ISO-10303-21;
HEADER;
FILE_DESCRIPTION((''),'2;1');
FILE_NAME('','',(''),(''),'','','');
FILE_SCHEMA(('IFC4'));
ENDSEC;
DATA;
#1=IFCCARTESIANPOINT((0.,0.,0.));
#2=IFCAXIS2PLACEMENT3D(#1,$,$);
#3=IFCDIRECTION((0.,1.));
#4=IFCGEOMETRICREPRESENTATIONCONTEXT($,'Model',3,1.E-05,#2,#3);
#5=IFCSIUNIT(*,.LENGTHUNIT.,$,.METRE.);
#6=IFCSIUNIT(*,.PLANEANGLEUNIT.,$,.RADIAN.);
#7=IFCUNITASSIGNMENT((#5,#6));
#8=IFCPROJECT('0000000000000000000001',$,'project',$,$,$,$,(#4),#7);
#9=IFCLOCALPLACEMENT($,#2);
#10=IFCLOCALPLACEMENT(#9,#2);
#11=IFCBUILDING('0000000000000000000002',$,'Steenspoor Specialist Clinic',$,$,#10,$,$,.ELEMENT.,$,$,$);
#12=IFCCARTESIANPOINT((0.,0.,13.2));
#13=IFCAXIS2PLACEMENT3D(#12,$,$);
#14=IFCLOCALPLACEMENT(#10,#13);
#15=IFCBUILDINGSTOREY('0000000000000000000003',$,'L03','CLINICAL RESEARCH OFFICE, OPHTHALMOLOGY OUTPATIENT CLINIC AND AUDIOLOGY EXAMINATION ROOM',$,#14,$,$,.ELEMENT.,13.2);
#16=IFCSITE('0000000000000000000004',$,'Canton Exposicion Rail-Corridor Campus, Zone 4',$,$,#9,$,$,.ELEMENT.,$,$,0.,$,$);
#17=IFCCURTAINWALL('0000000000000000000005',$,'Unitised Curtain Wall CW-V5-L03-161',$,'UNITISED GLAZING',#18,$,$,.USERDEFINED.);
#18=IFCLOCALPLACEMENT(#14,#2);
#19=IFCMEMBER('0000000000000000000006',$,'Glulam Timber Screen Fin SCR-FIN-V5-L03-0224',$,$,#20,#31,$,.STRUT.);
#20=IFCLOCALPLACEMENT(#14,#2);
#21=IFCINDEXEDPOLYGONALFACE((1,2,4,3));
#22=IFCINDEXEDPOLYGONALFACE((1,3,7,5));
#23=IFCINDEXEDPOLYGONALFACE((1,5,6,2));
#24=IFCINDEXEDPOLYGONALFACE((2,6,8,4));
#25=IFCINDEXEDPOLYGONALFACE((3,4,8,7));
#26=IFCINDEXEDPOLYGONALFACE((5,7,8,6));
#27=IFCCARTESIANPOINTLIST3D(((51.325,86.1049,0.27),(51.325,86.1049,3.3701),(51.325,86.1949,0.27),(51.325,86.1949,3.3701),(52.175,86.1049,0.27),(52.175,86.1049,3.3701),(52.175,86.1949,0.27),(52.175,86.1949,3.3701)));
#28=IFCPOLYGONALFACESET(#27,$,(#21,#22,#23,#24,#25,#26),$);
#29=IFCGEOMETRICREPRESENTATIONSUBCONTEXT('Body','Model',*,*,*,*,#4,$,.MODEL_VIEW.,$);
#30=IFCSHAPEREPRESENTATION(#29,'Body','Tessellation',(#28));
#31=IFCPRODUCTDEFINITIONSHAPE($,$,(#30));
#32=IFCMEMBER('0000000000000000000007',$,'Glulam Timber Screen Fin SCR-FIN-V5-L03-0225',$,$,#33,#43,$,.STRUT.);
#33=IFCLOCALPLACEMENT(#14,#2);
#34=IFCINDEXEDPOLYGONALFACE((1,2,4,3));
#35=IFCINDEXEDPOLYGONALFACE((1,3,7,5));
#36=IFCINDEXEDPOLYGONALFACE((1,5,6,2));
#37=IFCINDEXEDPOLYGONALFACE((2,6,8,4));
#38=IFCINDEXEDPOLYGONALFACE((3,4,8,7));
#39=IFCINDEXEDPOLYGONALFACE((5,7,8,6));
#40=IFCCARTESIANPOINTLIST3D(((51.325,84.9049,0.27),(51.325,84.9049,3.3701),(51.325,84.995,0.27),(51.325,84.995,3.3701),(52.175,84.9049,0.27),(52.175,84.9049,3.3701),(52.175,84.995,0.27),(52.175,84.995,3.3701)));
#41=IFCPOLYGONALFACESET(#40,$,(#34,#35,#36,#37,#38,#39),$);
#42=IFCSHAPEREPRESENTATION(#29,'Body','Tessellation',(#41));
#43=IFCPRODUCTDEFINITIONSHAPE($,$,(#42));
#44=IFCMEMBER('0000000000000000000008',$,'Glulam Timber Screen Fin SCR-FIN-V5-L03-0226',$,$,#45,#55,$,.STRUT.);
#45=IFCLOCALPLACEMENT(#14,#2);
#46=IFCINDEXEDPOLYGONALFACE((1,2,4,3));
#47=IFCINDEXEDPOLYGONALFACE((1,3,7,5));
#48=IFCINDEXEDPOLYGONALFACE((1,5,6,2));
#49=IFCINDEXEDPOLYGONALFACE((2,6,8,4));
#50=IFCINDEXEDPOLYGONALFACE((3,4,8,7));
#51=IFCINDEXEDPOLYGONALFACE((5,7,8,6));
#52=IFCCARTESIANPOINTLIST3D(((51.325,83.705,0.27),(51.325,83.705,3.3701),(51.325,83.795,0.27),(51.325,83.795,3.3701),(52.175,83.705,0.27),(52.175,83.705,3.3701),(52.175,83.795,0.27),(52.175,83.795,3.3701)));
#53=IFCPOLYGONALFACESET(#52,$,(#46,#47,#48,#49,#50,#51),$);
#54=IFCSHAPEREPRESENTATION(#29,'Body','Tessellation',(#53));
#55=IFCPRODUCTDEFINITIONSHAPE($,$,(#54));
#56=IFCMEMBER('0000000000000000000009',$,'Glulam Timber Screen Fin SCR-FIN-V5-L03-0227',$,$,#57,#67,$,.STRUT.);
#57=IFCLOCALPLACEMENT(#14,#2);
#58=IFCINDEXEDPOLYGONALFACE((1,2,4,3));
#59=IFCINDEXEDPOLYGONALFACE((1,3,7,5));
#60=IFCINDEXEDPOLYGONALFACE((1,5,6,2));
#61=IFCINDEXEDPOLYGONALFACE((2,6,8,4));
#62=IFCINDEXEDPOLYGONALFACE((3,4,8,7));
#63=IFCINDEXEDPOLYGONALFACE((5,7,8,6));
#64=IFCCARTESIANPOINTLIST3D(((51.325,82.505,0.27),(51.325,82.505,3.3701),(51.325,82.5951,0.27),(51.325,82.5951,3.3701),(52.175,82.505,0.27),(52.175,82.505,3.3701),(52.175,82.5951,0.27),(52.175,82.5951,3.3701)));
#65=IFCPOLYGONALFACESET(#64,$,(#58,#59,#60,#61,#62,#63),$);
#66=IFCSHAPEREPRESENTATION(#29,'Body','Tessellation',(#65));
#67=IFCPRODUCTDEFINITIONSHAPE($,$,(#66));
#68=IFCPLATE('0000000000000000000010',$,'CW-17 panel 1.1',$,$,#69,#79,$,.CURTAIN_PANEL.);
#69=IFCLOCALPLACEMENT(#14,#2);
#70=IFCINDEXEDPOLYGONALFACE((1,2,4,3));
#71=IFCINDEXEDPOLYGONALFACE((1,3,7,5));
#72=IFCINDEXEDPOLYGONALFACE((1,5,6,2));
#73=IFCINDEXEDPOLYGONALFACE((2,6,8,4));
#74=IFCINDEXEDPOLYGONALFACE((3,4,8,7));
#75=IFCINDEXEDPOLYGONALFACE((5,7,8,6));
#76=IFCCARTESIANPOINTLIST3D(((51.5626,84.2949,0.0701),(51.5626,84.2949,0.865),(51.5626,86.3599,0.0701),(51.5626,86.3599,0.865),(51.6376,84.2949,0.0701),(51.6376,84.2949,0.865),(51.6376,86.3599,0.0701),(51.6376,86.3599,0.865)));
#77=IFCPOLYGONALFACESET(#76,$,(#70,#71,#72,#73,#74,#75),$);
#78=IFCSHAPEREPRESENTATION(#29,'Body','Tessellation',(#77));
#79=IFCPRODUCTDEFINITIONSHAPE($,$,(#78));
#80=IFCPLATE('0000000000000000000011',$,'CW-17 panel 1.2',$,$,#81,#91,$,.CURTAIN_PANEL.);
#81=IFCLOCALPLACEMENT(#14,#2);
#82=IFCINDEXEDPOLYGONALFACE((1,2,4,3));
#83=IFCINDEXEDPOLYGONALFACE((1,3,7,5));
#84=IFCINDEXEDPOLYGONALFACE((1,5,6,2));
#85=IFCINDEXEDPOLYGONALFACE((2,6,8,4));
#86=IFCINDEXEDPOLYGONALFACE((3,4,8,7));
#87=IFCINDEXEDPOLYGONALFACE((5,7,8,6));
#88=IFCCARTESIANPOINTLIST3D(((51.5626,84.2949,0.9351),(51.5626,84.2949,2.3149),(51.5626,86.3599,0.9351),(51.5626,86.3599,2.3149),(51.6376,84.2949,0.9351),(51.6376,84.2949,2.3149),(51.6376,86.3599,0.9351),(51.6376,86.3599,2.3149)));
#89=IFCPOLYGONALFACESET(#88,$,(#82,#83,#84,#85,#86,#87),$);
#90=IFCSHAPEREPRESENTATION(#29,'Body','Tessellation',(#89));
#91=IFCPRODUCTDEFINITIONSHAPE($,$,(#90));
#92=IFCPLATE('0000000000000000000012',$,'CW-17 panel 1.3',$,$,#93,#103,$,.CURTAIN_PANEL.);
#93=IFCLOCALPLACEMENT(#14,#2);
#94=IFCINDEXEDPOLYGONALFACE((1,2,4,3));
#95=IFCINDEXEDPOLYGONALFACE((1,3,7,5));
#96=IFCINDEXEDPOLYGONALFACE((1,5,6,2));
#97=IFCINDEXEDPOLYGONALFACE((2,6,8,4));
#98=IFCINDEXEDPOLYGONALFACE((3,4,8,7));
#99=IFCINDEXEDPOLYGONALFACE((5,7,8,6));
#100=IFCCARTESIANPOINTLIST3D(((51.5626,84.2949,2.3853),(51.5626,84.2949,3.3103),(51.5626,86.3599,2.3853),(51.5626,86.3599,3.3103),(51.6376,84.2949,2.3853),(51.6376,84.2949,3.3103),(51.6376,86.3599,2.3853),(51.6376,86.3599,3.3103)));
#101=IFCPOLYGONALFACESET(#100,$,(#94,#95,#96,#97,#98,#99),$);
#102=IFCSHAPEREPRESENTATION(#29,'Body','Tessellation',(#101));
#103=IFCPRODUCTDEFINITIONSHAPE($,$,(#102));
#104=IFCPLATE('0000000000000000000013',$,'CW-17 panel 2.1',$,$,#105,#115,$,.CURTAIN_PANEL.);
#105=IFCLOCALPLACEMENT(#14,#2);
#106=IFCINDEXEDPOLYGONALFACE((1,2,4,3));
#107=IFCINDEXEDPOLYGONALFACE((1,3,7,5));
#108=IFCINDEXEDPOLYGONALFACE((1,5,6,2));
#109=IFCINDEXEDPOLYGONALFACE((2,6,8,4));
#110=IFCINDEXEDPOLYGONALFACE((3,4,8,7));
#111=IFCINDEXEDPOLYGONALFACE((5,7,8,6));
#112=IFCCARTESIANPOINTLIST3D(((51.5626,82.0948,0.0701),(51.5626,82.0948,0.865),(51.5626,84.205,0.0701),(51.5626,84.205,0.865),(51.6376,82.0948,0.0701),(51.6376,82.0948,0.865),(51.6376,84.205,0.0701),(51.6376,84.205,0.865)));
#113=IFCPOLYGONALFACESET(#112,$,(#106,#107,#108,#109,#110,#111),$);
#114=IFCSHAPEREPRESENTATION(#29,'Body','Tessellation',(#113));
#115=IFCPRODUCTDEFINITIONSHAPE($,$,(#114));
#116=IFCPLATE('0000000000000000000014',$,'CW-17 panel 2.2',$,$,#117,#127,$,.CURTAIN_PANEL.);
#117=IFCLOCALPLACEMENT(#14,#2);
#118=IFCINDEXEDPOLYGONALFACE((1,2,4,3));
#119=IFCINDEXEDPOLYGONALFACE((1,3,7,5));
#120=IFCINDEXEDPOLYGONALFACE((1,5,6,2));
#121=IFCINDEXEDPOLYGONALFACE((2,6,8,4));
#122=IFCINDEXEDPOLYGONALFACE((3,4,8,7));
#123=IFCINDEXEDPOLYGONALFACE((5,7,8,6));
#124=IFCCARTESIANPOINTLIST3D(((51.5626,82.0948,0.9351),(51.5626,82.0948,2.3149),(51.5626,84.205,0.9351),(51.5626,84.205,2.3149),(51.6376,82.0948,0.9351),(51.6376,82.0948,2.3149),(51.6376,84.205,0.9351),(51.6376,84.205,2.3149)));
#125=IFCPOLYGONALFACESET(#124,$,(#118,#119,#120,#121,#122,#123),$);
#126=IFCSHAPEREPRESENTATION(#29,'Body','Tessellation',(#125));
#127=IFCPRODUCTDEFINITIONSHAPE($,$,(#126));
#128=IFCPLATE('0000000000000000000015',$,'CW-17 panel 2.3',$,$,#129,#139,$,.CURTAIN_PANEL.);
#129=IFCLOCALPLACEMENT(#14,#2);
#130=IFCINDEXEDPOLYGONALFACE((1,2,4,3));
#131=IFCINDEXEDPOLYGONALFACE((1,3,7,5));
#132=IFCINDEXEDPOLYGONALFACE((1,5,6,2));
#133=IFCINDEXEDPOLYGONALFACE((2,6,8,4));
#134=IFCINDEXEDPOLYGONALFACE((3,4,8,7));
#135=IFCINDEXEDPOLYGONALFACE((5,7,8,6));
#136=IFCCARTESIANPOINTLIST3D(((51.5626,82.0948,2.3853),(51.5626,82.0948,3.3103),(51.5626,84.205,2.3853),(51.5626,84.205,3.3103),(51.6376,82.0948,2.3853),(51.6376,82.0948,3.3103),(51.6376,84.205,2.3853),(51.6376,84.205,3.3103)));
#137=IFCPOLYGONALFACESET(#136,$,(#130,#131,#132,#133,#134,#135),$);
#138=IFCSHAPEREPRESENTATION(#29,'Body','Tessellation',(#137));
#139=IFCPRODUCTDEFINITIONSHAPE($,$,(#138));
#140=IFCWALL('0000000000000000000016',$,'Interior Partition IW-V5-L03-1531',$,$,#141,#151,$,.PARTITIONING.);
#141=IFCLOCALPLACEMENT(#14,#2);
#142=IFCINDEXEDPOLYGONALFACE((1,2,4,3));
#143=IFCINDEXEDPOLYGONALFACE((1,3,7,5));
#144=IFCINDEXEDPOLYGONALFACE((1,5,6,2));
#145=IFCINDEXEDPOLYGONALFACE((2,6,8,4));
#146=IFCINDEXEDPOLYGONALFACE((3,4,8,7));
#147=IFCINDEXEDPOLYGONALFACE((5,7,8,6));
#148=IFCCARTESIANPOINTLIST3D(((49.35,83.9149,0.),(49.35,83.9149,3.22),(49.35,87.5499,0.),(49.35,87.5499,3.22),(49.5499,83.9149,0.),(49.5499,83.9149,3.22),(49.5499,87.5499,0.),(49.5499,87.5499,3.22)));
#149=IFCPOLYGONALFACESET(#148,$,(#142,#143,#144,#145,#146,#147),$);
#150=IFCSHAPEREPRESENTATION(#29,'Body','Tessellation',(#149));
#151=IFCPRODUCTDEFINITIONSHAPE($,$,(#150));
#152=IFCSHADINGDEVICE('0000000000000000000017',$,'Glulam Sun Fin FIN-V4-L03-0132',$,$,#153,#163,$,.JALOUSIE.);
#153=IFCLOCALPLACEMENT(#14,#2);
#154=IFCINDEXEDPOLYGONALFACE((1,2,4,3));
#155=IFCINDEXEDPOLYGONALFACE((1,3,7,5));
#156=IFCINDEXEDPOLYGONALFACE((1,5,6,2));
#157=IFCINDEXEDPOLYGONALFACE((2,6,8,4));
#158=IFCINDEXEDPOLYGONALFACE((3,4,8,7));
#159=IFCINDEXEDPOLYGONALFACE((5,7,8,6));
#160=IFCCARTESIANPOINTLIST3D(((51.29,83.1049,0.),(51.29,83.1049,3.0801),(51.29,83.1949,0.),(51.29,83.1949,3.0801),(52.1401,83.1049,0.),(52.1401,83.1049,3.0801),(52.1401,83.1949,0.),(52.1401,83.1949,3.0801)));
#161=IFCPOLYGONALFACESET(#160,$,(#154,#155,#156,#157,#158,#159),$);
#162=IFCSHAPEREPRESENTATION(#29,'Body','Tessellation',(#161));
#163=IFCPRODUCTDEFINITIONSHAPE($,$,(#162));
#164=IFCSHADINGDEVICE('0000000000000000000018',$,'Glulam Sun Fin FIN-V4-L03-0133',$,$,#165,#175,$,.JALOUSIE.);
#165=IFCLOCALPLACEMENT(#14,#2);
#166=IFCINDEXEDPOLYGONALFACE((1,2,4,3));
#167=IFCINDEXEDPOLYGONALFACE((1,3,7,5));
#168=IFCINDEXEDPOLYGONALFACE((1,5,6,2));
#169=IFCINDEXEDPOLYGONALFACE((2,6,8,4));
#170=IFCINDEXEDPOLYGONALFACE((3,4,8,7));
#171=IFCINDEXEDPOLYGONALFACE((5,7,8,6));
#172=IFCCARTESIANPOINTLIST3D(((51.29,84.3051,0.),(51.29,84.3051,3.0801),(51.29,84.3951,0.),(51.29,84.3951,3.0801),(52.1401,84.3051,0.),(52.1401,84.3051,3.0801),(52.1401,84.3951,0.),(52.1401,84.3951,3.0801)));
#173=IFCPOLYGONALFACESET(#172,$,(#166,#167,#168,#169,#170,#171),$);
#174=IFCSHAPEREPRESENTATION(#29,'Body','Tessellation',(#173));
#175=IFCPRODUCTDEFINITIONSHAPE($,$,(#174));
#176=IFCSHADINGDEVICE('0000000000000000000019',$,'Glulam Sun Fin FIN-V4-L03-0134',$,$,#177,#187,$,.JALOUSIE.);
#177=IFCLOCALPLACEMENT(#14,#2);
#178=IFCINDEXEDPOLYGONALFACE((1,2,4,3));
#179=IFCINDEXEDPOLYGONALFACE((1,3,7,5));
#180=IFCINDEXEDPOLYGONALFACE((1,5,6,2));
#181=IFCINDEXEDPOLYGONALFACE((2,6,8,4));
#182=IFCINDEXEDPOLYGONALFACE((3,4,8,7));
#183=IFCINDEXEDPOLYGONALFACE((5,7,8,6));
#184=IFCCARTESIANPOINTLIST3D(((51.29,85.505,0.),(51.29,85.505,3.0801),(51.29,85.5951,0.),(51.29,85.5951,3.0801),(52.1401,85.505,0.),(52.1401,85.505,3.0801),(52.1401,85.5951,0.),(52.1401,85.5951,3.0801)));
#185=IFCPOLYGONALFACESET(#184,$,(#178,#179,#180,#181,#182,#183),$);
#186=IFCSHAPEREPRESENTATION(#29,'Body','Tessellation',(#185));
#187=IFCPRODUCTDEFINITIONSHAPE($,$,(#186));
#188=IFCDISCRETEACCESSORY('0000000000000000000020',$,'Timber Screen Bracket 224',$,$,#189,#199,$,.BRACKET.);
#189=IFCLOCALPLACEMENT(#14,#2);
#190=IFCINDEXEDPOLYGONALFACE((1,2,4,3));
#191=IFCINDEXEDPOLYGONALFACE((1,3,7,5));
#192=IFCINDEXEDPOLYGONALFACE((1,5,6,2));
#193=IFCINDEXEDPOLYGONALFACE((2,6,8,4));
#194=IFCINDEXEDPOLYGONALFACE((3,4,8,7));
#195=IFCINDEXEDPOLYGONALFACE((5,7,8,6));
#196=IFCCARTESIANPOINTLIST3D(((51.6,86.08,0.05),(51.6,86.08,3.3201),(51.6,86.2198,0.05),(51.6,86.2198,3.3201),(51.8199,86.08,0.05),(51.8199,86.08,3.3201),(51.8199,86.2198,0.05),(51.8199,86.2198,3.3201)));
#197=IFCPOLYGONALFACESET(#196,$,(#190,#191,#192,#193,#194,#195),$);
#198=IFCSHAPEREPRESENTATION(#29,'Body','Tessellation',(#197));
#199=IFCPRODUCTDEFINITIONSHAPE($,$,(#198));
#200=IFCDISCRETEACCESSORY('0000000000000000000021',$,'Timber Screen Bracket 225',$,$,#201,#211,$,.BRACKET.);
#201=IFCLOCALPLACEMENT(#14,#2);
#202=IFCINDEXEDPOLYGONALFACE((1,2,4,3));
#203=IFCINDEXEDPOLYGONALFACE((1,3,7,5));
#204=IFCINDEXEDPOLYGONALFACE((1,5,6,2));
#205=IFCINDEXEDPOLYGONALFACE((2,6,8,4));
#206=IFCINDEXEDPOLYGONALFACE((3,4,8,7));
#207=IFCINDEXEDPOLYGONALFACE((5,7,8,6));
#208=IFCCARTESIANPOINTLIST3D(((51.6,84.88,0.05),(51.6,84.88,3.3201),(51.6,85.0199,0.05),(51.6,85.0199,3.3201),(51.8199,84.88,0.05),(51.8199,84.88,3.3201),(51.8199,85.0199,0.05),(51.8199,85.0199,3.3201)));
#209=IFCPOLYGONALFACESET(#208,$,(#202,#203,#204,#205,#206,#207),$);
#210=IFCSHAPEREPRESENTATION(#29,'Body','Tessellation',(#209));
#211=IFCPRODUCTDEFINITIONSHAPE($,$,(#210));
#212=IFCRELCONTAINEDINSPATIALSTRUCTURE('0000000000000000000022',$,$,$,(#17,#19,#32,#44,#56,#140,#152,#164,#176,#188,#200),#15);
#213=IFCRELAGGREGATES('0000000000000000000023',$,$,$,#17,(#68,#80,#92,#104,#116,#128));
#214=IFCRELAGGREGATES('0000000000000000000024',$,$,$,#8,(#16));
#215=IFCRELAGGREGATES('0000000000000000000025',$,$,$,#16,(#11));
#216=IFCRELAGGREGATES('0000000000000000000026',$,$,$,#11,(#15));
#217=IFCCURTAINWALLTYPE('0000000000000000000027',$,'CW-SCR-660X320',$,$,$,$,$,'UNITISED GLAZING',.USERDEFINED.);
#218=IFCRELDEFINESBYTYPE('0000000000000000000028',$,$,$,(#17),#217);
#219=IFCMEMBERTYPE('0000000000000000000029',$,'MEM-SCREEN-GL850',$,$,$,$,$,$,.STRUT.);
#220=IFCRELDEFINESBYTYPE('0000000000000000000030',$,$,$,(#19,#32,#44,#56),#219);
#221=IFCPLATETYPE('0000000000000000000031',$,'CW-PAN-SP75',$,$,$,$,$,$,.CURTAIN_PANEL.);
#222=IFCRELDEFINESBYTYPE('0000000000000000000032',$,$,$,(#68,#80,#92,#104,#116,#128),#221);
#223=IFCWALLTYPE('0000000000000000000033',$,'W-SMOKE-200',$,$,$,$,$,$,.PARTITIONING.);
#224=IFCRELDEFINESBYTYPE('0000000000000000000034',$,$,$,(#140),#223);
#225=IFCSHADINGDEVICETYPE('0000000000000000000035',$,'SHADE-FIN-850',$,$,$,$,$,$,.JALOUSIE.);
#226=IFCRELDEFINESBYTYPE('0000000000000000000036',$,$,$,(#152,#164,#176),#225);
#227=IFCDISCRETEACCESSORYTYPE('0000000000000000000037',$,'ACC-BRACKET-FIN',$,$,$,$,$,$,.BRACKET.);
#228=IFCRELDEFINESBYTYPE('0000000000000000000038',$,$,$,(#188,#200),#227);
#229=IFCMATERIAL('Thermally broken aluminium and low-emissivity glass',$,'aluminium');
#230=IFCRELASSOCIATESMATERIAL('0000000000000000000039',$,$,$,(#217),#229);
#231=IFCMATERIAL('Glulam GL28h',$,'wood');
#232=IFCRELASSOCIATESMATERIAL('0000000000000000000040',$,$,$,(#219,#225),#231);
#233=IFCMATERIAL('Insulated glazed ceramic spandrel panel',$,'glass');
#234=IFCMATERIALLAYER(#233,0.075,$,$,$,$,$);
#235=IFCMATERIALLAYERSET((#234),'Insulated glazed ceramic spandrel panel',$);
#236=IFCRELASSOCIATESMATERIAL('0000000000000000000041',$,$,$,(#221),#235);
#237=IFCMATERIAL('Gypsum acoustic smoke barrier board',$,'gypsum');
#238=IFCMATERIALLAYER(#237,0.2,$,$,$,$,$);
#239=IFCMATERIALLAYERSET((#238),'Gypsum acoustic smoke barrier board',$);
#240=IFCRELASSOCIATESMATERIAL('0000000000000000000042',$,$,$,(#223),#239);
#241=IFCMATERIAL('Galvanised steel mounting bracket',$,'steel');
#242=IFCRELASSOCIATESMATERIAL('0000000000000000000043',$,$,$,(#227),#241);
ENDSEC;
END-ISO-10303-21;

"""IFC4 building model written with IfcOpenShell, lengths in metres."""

from ifc_helpers import new_model, si_unit, direction, frame, frame_2d, origin, origin_2d, place, context, subcontext, project, spatial, rectangle, extrude, material, layer, layer_set, material_profile, profile_set, type_object, element, aggregate, save


model = new_model("IFC4")

# Units and contexts
model_context = context("Model", 3, precision=1e-05, world=origin(), true_north=direction((0.0, 1.0)))
body_context = subcontext(model_context, "Body", "Model", "MODEL_VIEW")
ifc_project = project(units=[si_unit("LENGTHUNIT", "METRE"), si_unit("PLANEANGLEUNIT", "RADIAN")], contexts=[model_context])

# Site, building, storey
site_placement = place(None, origin())
site = spatial("IfcSite", under=ifc_project, at=site_placement, Name="Canton Exposicion Rail-Corridor Campus, Zone 4", CompositionType="ELEMENT", RefElevation=0.0)
building_placement = place(site_placement, origin())
building = spatial("IfcBuilding", under=site, at=building_placement, Name="Steenspoor Specialist Clinic", CompositionType="ELEMENT")
storey_placement = place(building_placement, frame((0.0, 0.0, 13.2)))
storey = spatial("IfcBuildingStorey", under=building, at=storey_placement, Name="L03", Description="CLINICAL RESEARCH OFFICE, OPHTHALMOLOGY OUTPATIENT CLINIC AND AUDIOLOGY EXAMINATION ROOM", CompositionType="ELEMENT", Elevation=13.2)

# Shared definitions
ifc_material_1 = material(Name="Glulam GL28h", Category="wood")

# Curtain wall
ifc_material_2 = material(Name="Thermally broken aluminium and low-emissivity glass", Category="aluminium")
curtain_wall_type = type_object("IfcCurtainWallType", Name="CW-SCR-660X320", ElementType="UNITISED GLAZING", PredefinedType="USERDEFINED", material=ifc_material_2)
curtain_wall_placement = place(storey_placement, origin())
curtain_wall = element("IfcCurtainWall", 1, at=curtain_wall_placement, inside=storey, type_object=curtain_wall_type, Name="Unitised Curtain Wall CW-V5-L03-161", ObjectType="UNITISED GLAZING", PredefinedType="USERDEFINED")

# Members
ifc_material_profile_1 = material_profile(ifc_material_1, rectangle(XDim=0.0901, YDim=0.8501, at=origin_2d()), Name="GL28H-90X850")
ifc_profile_set_1 = profile_set([ifc_material_profile_1], Name="Glulam GL28h")
member_type_1 = type_object("IfcMemberType", Name="MEM-SCREEN-GL850", PredefinedType="STRUT", material=ifc_profile_set_1)
for number, where, z_axis, x_axis, name in (
    (2, (51.75, 86.1499, 0.27), (0.0, 0.0, 1.0), (0.0, -1.0, 0.0), "Glulam Timber Screen Fin SCR-FIN-V5-L03-0224"),
    (3, (51.75, 84.95, 0.27), (0.0, 0.0, 1.0), (0.0, -1.0, 0.0), "Glulam Timber Screen Fin SCR-FIN-V5-L03-0225"),
    (4, (51.75, 83.75, 0.27), (0.0, 0.0, 1.0), (0.0, -1.0, 0.0), "Glulam Timber Screen Fin SCR-FIN-V5-L03-0226"),
    (5, (51.75, 82.55, 0.27), (0.0, 0.0, 1.0), (0.0, -1.0, 0.0), "Glulam Timber Screen Fin SCR-FIN-V5-L03-0227"),
):
    element("IfcMember", number, at=place(storey_placement, frame(where, z_axis=z_axis, x_axis=x_axis)), inside=storey, type_object=member_type_1, Name=name, PredefinedType="STRUT", context=body_context, shape_type="SweptSolid", body=[
        extrude(rectangle(XDim=0.0901, YDim=0.8501, at=origin_2d()), origin(), (0.0, 0.0, 1.0), 3.1001),
    ])

# Plates
ifc_material_3 = material(Name="Insulated glazed ceramic spandrel panel", Category="glass")
ifc_layer_1 = layer(ifc_material_3, 0.075)
ifc_layer_set_1 = layer_set([ifc_layer_1], Name="Insulated glazed ceramic spandrel panel")
plate_type = type_object("IfcPlateType", Name="CW-PAN-SP75", PredefinedType="CURTAIN_PANEL", material=ifc_layer_set_1)
plate_1_placement = place(storey_placement, frame((51.6001, 85.3274, 0.0701), z_axis=(0.0, 0.0, 1.0), x_axis=(0.0, -1.0, 0.0)))
plate_1 = element("IfcPlate", 6, at=plate_1_placement, type_object=plate_type, Name="CW-17 panel 1.1", PredefinedType="CURTAIN_PANEL", context=body_context, shape_type="SweptSolid", body=[
    extrude(rectangle(XDim=2.0649, YDim=0.075, at=origin_2d()), origin(), (0.0, 0.0, 1.0), 0.7949),
])
plate_2_placement = place(storey_placement, frame((51.6001, 85.3274, 0.9351), z_axis=(0.0, 0.0, 1.0), x_axis=(0.0, -1.0, 0.0)))
plate_2 = element("IfcPlate", 7, at=plate_2_placement, type_object=plate_type, Name="CW-17 panel 1.2", PredefinedType="CURTAIN_PANEL", context=body_context, shape_type="SweptSolid", body=[
    extrude(rectangle(XDim=2.0649, YDim=0.075, at=origin_2d()), origin(), (0.0, 0.0, 1.0), 1.3799),
])
plate_3_placement = place(storey_placement, frame((51.6001, 85.3274, 2.3853), z_axis=(0.0, 0.0, 1.0), x_axis=(0.0, -1.0, 0.0)))
plate_3 = element("IfcPlate", 8, at=plate_3_placement, type_object=plate_type, Name="CW-17 panel 1.3", PredefinedType="CURTAIN_PANEL", context=body_context, shape_type="SweptSolid", body=[
    extrude(rectangle(XDim=2.0649, YDim=0.075, at=origin_2d()), origin(), (0.0, 0.0, 1.0), 0.925),
])
plate_4_placement = place(storey_placement, frame((51.6001, 83.1499, 0.0701), z_axis=(0.0, 0.0, 1.0), x_axis=(0.0, -1.0, 0.0)))
plate_4 = element("IfcPlate", 9, at=plate_4_placement, type_object=plate_type, Name="CW-17 panel 2.1", PredefinedType="CURTAIN_PANEL", context=body_context, shape_type="SweptSolid", body=[
    extrude(rectangle(XDim=2.1101, YDim=0.075, at=origin_2d()), origin(), (0.0, 0.0, 1.0), 0.7949),
])
plate_5_placement = place(storey_placement, frame((51.6001, 83.1499, 0.9351), z_axis=(0.0, 0.0, 1.0), x_axis=(0.0, -1.0, 0.0)))
plate_5 = element("IfcPlate", 10, at=plate_5_placement, type_object=plate_type, Name="CW-17 panel 2.2", PredefinedType="CURTAIN_PANEL", context=body_context, shape_type="SweptSolid", body=[
    extrude(rectangle(XDim=2.1101, YDim=0.075, at=origin_2d()), origin(), (0.0, 0.0, 1.0), 1.3799),
])
plate_6_placement = place(storey_placement, frame((51.6001, 83.1499, 2.3853), z_axis=(0.0, 0.0, 1.0), x_axis=(0.0, -1.0, 0.0)))
plate_6 = element("IfcPlate", 11, at=plate_6_placement, type_object=plate_type, Name="CW-17 panel 2.3", PredefinedType="CURTAIN_PANEL", context=body_context, shape_type="SweptSolid", body=[
    extrude(rectangle(XDim=2.1101, YDim=0.075, at=origin_2d()), origin(), (0.0, 0.0, 1.0), 0.925),
])
aggregate(curtain_wall, [plate_1, plate_2, plate_3, plate_4, plate_5, plate_6])

# Wall
ifc_material_4 = material(Name="Gypsum acoustic smoke barrier board", Category="gypsum")
ifc_layer_2 = layer(ifc_material_4, 0.2)
ifc_layer_set_2 = layer_set([ifc_layer_2], Name="Gypsum acoustic smoke barrier board")
wall_type = type_object("IfcWallType", Name="W-SMOKE-200", PredefinedType="PARTITIONING", material=ifc_layer_set_2)
wall_placement = place(storey_placement, frame((49.45, 83.915, 0.0), z_axis=(0.0, 0.0, 1.0), x_axis=(0.0, 1.0, 0.0)))
element("IfcWall", 12, at=wall_placement, inside=storey, type_object=wall_type, Name="Interior Partition IW-V5-L03-1531", PredefinedType="PARTITIONING", context=body_context, shape_type="SweptSolid", body=[
    extrude(rectangle(XDim=3.635, YDim=0.2, at=frame_2d((1.8174, 0.0))), origin(), (0.0, 0.0, 1.0), 3.22),
])

# Shading devices
ifc_material_profile_2 = material_profile(ifc_material_1, rectangle(XDim=0.0901, YDim=0.8501, at=origin_2d()), Name="GL28H-90X850")
ifc_profile_set_2 = profile_set([ifc_material_profile_2], Name="Glulam GL28h")
shading_device_type = type_object("IfcShadingDeviceType", Name="SHADE-FIN-850", PredefinedType="JALOUSIE", material=ifc_profile_set_2)
for number, where, z_axis, x_axis, name in (
    (13, (51.7151, 83.1499, 0.0), (0.0, 0.0, 1.0), (0.0, 1.0, 0.0), "Glulam Sun Fin FIN-V4-L03-0132"),
    (14, (51.7151, 84.3501, 0.0), (0.0, 0.0, 1.0), (0.0, 1.0, 0.0), "Glulam Sun Fin FIN-V4-L03-0133"),
    (15, (51.7151, 85.55, 0.0), (0.0, 0.0, 1.0), (0.0, 1.0, 0.0), "Glulam Sun Fin FIN-V4-L03-0134"),
):
    element("IfcShadingDevice", number, at=place(storey_placement, frame(where, z_axis=z_axis, x_axis=x_axis)), inside=storey, type_object=shading_device_type, Name=name, PredefinedType="JALOUSIE", context=body_context, shape_type="SweptSolid", body=[
        extrude(rectangle(XDim=0.0901, YDim=0.8501, at=origin_2d()), origin(), (0.0, 0.0, 1.0), 3.0801),
    ])

# Discrete accessories
ifc_material_5 = material(Name="Galvanised steel mounting bracket", Category="steel")
discrete_accessory_type = type_object("IfcDiscreteAccessoryType", Name="ACC-BRACKET-FIN", PredefinedType="BRACKET", material=ifc_material_5)
for number, where, z_axis, x_axis, name in (
    (16, (51.71, 86.1499, 0.05), (0.0, 0.0, 1.0), (1.0, 0.0, 0.0), "Timber Screen Bracket 224"),
    (17, (51.71, 84.95, 0.05), (0.0, 0.0, 1.0), (1.0, 0.0, 0.0), "Timber Screen Bracket 225"),
):
    element("IfcDiscreteAccessory", number, at=place(storey_placement, frame(where, z_axis=z_axis, x_axis=x_axis)), inside=storey, type_object=discrete_accessory_type, Name=name, PredefinedType="BRACKET", context=body_context, shape_type="SweptSolid", body=[
        extrude(rectangle(XDim=0.22, YDim=0.1399, at=origin_2d()), origin(), (0.0, 0.0, 1.0), 3.27),
    ])

save(model, "model.ifc")
